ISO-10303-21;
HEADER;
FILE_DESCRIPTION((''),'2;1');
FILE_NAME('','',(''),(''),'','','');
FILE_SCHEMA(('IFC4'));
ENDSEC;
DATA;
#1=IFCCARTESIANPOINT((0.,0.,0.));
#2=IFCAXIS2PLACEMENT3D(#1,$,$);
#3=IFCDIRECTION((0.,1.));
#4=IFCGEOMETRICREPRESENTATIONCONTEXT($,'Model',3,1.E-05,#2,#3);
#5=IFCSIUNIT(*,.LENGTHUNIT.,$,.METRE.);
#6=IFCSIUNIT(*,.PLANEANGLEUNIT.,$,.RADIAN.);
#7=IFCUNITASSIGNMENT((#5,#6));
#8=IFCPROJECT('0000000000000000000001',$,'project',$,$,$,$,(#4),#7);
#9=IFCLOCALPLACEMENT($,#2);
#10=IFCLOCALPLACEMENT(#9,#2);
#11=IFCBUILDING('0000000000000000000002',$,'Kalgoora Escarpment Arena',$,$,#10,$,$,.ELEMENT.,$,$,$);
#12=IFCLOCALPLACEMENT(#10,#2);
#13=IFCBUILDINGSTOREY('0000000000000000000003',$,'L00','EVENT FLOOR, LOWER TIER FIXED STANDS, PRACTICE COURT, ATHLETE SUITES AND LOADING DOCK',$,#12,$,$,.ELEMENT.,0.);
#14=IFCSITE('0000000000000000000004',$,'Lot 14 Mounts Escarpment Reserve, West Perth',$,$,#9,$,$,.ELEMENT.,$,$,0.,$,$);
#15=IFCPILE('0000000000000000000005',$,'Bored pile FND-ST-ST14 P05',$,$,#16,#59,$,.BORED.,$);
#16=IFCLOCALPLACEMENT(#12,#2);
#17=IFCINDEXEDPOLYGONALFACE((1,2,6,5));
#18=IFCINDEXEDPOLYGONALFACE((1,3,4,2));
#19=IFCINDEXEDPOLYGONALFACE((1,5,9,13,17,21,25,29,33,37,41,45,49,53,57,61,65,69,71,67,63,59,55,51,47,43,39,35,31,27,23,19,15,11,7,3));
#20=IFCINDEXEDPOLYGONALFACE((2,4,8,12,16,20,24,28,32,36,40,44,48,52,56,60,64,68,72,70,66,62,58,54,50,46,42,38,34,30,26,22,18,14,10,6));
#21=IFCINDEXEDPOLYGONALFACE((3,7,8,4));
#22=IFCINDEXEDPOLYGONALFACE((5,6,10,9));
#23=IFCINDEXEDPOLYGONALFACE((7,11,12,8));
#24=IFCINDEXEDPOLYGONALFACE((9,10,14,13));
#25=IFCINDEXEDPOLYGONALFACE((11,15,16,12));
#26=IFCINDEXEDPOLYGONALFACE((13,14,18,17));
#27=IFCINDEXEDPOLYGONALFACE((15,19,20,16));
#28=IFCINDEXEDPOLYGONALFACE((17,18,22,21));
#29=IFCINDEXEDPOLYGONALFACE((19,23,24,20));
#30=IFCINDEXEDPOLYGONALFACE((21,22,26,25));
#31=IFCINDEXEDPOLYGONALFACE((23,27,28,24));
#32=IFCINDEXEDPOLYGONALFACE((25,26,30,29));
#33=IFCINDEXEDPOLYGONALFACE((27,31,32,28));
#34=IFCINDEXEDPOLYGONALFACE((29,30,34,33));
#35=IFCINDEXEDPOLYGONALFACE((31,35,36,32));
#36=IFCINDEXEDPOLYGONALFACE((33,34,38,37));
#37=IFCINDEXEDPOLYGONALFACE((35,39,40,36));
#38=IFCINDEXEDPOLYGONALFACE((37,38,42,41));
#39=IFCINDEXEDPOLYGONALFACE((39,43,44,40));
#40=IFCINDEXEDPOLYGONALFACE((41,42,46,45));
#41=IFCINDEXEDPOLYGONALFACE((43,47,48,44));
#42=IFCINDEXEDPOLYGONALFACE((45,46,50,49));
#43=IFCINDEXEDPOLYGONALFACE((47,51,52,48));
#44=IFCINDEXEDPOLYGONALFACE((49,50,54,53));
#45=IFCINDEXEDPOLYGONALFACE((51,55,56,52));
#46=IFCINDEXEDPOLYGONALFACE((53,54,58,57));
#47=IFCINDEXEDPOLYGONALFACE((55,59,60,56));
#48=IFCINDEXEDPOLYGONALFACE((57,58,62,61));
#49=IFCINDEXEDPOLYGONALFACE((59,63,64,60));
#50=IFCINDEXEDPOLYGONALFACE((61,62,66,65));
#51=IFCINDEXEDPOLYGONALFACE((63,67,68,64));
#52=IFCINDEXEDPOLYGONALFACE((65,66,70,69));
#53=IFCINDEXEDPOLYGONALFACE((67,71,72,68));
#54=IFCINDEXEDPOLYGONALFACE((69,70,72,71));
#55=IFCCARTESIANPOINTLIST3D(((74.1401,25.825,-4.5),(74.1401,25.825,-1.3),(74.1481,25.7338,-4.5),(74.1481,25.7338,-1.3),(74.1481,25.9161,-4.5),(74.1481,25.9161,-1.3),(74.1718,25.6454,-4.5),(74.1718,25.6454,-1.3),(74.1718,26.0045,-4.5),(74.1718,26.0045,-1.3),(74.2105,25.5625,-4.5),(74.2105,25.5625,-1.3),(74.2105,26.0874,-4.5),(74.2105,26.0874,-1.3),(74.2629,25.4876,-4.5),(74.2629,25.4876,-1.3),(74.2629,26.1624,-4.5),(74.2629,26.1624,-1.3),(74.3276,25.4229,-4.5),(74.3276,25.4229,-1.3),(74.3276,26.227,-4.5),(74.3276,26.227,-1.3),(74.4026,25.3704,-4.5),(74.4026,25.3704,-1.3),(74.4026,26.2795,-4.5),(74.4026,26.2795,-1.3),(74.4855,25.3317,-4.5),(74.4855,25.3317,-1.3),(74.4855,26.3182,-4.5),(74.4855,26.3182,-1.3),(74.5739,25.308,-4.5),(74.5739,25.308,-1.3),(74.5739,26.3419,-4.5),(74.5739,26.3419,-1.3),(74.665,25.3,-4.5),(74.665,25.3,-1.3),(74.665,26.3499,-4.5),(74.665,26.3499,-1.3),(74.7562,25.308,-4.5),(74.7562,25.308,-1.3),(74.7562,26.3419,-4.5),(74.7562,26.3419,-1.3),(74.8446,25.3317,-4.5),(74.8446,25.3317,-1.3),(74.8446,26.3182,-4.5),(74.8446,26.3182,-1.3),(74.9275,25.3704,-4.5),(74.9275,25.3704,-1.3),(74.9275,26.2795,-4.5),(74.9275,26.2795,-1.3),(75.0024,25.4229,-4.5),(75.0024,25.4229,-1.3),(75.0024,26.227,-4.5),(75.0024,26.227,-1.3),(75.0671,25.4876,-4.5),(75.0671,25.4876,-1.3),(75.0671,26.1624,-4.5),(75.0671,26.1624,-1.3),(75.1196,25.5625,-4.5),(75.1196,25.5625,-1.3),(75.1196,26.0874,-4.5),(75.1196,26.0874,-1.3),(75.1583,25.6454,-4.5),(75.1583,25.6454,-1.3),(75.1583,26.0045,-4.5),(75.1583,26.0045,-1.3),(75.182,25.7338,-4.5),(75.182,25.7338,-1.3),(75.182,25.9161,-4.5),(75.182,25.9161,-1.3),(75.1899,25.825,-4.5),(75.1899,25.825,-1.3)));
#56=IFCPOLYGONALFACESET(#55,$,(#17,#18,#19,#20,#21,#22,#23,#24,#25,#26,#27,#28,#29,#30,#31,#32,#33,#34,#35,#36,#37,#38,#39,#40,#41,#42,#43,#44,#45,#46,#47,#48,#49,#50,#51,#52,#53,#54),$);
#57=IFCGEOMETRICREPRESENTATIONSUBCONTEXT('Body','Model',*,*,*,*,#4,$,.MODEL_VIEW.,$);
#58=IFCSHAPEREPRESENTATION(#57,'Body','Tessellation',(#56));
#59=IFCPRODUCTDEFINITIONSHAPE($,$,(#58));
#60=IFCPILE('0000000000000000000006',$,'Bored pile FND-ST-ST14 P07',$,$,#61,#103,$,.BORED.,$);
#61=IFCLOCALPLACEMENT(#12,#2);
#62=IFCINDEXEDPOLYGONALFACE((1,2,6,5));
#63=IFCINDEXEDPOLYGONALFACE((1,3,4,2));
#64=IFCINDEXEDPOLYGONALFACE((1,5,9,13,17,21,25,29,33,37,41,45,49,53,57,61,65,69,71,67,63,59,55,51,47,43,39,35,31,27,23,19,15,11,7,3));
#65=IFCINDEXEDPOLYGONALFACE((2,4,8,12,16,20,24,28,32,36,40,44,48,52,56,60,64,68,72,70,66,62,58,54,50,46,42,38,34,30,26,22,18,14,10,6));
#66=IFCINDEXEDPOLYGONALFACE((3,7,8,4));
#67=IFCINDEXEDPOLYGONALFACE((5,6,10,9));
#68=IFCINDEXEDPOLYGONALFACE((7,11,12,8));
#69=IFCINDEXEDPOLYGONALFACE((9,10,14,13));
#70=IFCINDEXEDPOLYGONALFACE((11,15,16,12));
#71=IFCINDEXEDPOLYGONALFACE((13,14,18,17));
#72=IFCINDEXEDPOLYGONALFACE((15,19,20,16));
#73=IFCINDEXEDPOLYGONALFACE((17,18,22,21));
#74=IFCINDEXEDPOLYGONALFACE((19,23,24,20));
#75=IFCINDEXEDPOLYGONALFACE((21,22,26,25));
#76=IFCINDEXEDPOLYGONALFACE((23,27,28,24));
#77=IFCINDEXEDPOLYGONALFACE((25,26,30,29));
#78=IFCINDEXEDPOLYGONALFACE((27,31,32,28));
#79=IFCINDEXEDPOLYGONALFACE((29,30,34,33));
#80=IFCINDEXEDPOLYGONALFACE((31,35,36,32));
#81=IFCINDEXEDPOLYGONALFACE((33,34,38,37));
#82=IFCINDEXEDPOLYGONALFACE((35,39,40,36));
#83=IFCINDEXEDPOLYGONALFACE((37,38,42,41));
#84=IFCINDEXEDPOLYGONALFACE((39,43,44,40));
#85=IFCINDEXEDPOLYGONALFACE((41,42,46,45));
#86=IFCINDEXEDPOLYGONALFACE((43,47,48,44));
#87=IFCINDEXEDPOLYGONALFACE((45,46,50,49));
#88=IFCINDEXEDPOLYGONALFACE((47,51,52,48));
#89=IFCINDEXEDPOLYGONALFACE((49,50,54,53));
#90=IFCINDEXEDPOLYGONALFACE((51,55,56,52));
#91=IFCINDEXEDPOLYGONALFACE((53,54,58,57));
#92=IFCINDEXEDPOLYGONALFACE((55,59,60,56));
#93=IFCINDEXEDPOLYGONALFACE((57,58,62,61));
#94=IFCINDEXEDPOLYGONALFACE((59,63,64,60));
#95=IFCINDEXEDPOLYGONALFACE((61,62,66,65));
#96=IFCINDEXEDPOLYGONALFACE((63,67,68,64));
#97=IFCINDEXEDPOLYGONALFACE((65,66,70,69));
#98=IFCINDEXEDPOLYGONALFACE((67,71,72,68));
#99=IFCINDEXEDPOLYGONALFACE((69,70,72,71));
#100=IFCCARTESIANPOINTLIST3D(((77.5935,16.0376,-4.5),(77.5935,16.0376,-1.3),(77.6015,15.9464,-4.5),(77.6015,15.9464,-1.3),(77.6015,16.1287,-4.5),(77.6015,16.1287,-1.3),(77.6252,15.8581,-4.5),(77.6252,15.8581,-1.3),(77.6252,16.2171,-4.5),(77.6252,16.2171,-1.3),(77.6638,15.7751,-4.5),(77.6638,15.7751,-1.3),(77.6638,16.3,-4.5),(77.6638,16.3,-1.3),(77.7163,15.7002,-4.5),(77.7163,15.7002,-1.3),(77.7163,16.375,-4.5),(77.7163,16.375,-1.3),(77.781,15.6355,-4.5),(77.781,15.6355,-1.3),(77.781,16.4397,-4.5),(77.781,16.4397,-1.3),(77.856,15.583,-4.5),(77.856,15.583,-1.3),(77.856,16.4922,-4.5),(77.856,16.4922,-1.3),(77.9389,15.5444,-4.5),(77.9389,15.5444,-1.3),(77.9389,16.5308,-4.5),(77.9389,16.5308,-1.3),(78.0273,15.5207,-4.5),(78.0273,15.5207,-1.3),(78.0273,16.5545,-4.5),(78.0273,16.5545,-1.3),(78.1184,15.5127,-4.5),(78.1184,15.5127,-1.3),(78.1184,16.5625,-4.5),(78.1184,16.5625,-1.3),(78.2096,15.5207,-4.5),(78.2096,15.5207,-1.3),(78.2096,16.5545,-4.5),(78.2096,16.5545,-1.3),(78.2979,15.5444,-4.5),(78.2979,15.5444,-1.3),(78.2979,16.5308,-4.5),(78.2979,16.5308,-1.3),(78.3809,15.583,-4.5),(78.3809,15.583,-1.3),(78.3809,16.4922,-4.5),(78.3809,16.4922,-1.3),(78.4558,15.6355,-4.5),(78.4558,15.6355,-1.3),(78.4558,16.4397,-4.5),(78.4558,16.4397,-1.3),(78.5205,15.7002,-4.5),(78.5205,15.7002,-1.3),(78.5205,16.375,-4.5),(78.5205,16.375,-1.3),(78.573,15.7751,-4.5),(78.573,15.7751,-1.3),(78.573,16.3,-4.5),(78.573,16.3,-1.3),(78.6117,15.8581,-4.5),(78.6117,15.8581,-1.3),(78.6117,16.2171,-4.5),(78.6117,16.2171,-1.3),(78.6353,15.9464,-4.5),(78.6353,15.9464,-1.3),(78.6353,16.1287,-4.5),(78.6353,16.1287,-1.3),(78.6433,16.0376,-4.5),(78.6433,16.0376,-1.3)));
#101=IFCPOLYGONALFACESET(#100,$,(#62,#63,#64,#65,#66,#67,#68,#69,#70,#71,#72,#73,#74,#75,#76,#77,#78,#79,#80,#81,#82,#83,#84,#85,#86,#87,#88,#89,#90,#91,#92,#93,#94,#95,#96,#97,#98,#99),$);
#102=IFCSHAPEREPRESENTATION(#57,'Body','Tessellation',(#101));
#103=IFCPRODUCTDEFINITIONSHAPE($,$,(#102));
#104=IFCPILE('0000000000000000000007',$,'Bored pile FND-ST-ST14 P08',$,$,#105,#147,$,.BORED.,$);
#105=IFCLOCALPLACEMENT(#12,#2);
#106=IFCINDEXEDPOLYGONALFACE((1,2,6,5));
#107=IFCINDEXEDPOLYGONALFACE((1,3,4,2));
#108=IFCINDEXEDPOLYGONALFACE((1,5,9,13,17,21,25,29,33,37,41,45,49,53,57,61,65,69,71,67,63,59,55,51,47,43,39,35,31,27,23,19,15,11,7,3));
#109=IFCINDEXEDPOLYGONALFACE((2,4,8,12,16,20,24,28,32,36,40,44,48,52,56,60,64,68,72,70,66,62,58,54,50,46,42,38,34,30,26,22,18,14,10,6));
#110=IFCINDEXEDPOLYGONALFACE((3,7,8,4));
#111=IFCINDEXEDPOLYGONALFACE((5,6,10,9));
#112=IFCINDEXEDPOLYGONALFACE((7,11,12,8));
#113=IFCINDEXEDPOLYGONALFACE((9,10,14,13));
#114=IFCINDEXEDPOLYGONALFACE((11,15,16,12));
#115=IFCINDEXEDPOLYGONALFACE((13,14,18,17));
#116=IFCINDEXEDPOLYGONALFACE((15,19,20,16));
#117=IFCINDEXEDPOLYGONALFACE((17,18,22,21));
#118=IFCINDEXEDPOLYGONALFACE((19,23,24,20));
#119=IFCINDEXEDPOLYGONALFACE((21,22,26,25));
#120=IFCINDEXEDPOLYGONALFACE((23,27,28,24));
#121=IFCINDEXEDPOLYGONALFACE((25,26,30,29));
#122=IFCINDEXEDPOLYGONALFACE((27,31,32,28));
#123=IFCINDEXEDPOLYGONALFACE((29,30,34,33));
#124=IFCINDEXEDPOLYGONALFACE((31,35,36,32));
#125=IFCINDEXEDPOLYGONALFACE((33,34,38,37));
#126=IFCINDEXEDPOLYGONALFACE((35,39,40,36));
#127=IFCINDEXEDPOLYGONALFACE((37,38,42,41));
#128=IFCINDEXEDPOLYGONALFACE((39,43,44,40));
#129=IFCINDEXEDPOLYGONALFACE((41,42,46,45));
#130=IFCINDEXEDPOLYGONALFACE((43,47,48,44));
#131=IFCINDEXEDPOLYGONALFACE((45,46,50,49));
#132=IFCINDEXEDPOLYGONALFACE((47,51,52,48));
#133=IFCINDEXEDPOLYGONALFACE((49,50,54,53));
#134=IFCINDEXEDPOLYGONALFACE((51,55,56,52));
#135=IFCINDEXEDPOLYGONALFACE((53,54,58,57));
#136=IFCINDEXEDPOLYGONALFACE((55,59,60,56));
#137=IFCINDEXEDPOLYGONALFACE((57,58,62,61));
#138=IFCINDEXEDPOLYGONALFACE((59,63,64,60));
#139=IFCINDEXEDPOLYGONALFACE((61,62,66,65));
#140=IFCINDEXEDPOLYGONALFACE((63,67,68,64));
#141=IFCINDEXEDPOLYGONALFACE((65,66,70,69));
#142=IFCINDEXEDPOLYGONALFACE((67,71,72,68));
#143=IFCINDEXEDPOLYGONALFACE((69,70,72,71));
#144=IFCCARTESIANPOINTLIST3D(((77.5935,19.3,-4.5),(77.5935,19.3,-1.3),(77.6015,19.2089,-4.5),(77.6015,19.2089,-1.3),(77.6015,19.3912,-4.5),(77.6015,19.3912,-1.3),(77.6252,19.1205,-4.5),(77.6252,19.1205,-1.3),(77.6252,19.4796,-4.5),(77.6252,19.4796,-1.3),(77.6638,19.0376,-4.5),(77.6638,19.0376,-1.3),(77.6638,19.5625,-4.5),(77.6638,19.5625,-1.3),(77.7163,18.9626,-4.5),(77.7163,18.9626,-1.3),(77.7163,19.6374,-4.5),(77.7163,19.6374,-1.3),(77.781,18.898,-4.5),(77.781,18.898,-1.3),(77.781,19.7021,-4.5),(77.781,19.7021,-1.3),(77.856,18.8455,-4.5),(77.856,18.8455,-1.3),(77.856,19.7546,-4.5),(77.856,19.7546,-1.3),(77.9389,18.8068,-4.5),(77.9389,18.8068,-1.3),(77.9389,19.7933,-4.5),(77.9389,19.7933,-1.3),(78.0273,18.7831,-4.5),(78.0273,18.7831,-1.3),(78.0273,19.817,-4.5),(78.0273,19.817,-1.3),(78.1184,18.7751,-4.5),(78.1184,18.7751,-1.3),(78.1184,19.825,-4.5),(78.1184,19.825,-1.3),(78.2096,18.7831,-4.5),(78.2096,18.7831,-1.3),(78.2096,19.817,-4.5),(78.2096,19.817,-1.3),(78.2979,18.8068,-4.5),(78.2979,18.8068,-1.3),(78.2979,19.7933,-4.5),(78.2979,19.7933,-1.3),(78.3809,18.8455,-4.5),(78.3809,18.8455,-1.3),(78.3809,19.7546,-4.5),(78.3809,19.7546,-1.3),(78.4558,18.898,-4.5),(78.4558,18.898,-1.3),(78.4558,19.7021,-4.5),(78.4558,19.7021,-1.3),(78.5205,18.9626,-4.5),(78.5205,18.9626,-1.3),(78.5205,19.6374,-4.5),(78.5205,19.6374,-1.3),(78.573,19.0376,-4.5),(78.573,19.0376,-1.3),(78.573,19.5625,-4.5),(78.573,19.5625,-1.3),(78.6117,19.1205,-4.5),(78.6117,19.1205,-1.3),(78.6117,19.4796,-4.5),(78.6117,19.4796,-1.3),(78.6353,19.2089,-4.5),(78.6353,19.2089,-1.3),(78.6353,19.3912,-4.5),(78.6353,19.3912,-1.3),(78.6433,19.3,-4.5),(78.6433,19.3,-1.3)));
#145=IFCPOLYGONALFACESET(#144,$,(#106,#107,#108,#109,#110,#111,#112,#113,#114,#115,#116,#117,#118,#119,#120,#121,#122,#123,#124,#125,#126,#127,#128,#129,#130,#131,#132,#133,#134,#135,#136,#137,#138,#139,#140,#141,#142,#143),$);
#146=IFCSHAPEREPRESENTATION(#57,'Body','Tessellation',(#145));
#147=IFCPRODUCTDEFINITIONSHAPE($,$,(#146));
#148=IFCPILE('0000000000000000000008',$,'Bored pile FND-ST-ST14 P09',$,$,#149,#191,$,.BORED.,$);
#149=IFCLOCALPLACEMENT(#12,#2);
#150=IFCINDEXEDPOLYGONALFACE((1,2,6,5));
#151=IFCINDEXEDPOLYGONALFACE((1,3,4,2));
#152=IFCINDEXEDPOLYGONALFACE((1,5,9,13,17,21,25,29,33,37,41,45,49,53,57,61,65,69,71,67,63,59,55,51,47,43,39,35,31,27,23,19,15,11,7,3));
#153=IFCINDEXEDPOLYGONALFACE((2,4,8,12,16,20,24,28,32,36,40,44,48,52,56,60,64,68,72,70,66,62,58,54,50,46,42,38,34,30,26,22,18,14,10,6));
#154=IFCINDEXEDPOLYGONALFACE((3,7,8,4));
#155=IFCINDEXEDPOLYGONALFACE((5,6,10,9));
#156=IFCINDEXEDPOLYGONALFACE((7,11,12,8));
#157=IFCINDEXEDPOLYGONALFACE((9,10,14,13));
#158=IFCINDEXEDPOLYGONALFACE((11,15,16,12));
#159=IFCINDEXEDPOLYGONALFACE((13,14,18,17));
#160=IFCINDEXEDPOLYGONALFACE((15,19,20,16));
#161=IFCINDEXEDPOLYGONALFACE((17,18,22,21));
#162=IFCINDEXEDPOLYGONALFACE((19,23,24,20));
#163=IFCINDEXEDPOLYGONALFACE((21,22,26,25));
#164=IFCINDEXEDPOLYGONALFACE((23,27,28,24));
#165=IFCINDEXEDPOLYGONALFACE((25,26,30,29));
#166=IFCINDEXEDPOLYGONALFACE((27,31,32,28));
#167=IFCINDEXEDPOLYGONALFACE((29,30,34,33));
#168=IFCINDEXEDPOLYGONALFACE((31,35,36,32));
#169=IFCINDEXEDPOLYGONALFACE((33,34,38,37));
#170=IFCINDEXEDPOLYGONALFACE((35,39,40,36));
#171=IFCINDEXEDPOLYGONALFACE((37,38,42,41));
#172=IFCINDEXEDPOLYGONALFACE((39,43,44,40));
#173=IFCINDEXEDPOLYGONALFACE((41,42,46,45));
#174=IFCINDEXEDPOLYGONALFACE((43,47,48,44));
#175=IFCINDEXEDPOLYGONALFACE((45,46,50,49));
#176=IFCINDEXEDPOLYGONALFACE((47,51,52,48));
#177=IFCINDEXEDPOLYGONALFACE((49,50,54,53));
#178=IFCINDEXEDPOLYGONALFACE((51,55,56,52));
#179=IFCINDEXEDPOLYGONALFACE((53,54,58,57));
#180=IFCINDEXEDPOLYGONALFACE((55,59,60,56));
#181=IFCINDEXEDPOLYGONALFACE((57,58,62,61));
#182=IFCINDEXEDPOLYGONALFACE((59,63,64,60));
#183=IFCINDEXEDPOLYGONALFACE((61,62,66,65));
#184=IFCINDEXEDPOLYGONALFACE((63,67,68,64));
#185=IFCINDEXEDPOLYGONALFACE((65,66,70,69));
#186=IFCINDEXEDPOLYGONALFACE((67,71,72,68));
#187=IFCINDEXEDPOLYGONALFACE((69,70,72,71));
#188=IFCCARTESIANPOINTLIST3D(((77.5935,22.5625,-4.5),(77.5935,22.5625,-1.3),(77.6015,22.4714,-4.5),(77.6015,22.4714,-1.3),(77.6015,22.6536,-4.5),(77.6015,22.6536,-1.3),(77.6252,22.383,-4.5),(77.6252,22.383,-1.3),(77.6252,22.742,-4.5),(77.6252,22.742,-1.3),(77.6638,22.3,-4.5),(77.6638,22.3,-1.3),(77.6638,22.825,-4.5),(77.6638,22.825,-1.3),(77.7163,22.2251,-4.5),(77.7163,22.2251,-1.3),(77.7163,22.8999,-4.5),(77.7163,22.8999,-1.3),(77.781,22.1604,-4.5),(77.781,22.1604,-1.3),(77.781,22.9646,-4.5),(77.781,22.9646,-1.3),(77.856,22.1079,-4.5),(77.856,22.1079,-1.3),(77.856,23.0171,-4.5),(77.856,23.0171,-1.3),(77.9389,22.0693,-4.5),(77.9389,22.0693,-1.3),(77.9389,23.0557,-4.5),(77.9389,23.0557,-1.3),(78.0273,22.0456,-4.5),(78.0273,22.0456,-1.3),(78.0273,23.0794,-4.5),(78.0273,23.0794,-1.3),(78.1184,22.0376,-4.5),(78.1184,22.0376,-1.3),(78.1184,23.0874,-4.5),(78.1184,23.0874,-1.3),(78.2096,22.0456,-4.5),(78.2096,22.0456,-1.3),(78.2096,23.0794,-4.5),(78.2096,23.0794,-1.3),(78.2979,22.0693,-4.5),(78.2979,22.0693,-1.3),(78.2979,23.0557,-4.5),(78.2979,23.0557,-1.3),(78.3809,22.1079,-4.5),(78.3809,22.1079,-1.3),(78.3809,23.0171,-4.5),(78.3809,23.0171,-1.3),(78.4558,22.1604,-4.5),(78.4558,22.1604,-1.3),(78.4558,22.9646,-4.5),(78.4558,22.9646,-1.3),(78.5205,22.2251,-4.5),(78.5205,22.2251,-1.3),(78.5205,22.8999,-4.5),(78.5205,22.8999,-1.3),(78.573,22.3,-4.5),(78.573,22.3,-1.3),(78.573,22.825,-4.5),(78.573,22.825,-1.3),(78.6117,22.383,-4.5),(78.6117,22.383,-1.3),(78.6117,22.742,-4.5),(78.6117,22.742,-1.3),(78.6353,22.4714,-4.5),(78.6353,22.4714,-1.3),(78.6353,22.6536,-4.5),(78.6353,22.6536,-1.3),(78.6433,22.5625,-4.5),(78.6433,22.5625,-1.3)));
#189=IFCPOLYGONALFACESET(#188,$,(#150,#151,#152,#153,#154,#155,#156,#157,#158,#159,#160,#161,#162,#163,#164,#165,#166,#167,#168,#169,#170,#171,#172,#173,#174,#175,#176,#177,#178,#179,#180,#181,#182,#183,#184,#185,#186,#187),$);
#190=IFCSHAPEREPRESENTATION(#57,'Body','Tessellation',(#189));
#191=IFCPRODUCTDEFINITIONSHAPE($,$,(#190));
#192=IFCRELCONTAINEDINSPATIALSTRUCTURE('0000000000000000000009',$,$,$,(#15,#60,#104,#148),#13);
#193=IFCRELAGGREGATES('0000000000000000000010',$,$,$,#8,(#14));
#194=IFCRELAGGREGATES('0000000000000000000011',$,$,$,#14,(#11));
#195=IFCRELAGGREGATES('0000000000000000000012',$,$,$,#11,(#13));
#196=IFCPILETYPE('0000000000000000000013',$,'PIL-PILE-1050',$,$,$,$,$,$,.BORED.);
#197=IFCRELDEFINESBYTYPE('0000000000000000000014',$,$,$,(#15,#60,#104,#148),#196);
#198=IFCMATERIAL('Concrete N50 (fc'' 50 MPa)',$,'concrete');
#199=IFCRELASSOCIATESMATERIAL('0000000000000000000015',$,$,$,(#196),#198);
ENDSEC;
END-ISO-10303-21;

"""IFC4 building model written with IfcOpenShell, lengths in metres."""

from ifc_helpers import new_model, si_unit, direction, frame, origin, origin_2d, place, context, subcontext, project, spatial, circle, extrude, material, material_profile, profile_set, type_object, element, save


model = new_model("IFC4")

# Units and contexts
model_context = context("Model", 3, precision=1e-05, world=origin(), true_north=direction((0.0, 1.0)))
body_context = subcontext(model_context, "Body", "Model", "MODEL_VIEW")
ifc_project = project(units=[si_unit("LENGTHUNIT", "METRE"), si_unit("PLANEANGLEUNIT", "RADIAN")], contexts=[model_context])

# Site, building, storey
site_placement = place(None, origin())
site = spatial("IfcSite", under=ifc_project, at=site_placement, Name="Lot 14 Mounts Escarpment Reserve, West Perth", CompositionType="ELEMENT", RefElevation=0.0)
building_placement = place(site_placement, origin())
building = spatial("IfcBuilding", under=site, at=building_placement, Name="Kalgoora Escarpment Arena", CompositionType="ELEMENT")
storey_placement = place(building_placement, origin())
storey = spatial("IfcBuildingStorey", under=building, at=storey_placement, Name="L00", Description="EVENT FLOOR, LOWER TIER FIXED STANDS, PRACTICE COURT, ATHLETE SUITES AND LOADING DOCK", CompositionType="ELEMENT", Elevation=0.0)

# Piles
ifc_material_1 = material(Name="Concrete N50 (fc' 50 MPa)", Category="concrete")
ifc_material_profile_1 = material_profile(ifc_material_1, circle(Radius=0.5249, at=origin_2d()))
ifc_profile_set_1 = profile_set([ifc_material_profile_1], Name="Concrete N50 (fc' 50 MPa)")
pile_type_1 = type_object("IfcPileType", Name="PIL-PILE-1050", PredefinedType="BORED", material=ifc_profile_set_1)
for number, where, z_axis, x_axis, name in (
    (1, (74.665, 25.825, -1.3), (0.0, 0.0, -1.0), (1.0, 0.0, 0.0), "Bored pile FND-ST-ST14 P05"),
    (2, (78.1184, 16.0376, -1.3), (0.0, 0.0, -1.0), (1.0, 0.0, 0.0), "Bored pile FND-ST-ST14 P07"),
    (3, (78.1184, 19.3, -1.3), (0.0, 0.0, -1.0), (1.0, 0.0, 0.0), "Bored pile FND-ST-ST14 P08"),
    (4, (78.1184, 22.5625, -1.3), (0.0, 0.0, -1.0), (1.0, 0.0, 0.0), "Bored pile FND-ST-ST14 P09"),
):
    element("IfcPile", number, at=place(storey_placement, frame(where, z_axis=z_axis, x_axis=x_axis)), inside=storey, type_object=pile_type_1, Name=name, PredefinedType="BORED", context=body_context, shape_type="SweptSolid", body=[
        extrude(circle(Radius=0.5249, at=origin_2d()), origin(), (0.0, 0.0, 1.0), 3.2),
    ])

save(model, "model.ifc")
